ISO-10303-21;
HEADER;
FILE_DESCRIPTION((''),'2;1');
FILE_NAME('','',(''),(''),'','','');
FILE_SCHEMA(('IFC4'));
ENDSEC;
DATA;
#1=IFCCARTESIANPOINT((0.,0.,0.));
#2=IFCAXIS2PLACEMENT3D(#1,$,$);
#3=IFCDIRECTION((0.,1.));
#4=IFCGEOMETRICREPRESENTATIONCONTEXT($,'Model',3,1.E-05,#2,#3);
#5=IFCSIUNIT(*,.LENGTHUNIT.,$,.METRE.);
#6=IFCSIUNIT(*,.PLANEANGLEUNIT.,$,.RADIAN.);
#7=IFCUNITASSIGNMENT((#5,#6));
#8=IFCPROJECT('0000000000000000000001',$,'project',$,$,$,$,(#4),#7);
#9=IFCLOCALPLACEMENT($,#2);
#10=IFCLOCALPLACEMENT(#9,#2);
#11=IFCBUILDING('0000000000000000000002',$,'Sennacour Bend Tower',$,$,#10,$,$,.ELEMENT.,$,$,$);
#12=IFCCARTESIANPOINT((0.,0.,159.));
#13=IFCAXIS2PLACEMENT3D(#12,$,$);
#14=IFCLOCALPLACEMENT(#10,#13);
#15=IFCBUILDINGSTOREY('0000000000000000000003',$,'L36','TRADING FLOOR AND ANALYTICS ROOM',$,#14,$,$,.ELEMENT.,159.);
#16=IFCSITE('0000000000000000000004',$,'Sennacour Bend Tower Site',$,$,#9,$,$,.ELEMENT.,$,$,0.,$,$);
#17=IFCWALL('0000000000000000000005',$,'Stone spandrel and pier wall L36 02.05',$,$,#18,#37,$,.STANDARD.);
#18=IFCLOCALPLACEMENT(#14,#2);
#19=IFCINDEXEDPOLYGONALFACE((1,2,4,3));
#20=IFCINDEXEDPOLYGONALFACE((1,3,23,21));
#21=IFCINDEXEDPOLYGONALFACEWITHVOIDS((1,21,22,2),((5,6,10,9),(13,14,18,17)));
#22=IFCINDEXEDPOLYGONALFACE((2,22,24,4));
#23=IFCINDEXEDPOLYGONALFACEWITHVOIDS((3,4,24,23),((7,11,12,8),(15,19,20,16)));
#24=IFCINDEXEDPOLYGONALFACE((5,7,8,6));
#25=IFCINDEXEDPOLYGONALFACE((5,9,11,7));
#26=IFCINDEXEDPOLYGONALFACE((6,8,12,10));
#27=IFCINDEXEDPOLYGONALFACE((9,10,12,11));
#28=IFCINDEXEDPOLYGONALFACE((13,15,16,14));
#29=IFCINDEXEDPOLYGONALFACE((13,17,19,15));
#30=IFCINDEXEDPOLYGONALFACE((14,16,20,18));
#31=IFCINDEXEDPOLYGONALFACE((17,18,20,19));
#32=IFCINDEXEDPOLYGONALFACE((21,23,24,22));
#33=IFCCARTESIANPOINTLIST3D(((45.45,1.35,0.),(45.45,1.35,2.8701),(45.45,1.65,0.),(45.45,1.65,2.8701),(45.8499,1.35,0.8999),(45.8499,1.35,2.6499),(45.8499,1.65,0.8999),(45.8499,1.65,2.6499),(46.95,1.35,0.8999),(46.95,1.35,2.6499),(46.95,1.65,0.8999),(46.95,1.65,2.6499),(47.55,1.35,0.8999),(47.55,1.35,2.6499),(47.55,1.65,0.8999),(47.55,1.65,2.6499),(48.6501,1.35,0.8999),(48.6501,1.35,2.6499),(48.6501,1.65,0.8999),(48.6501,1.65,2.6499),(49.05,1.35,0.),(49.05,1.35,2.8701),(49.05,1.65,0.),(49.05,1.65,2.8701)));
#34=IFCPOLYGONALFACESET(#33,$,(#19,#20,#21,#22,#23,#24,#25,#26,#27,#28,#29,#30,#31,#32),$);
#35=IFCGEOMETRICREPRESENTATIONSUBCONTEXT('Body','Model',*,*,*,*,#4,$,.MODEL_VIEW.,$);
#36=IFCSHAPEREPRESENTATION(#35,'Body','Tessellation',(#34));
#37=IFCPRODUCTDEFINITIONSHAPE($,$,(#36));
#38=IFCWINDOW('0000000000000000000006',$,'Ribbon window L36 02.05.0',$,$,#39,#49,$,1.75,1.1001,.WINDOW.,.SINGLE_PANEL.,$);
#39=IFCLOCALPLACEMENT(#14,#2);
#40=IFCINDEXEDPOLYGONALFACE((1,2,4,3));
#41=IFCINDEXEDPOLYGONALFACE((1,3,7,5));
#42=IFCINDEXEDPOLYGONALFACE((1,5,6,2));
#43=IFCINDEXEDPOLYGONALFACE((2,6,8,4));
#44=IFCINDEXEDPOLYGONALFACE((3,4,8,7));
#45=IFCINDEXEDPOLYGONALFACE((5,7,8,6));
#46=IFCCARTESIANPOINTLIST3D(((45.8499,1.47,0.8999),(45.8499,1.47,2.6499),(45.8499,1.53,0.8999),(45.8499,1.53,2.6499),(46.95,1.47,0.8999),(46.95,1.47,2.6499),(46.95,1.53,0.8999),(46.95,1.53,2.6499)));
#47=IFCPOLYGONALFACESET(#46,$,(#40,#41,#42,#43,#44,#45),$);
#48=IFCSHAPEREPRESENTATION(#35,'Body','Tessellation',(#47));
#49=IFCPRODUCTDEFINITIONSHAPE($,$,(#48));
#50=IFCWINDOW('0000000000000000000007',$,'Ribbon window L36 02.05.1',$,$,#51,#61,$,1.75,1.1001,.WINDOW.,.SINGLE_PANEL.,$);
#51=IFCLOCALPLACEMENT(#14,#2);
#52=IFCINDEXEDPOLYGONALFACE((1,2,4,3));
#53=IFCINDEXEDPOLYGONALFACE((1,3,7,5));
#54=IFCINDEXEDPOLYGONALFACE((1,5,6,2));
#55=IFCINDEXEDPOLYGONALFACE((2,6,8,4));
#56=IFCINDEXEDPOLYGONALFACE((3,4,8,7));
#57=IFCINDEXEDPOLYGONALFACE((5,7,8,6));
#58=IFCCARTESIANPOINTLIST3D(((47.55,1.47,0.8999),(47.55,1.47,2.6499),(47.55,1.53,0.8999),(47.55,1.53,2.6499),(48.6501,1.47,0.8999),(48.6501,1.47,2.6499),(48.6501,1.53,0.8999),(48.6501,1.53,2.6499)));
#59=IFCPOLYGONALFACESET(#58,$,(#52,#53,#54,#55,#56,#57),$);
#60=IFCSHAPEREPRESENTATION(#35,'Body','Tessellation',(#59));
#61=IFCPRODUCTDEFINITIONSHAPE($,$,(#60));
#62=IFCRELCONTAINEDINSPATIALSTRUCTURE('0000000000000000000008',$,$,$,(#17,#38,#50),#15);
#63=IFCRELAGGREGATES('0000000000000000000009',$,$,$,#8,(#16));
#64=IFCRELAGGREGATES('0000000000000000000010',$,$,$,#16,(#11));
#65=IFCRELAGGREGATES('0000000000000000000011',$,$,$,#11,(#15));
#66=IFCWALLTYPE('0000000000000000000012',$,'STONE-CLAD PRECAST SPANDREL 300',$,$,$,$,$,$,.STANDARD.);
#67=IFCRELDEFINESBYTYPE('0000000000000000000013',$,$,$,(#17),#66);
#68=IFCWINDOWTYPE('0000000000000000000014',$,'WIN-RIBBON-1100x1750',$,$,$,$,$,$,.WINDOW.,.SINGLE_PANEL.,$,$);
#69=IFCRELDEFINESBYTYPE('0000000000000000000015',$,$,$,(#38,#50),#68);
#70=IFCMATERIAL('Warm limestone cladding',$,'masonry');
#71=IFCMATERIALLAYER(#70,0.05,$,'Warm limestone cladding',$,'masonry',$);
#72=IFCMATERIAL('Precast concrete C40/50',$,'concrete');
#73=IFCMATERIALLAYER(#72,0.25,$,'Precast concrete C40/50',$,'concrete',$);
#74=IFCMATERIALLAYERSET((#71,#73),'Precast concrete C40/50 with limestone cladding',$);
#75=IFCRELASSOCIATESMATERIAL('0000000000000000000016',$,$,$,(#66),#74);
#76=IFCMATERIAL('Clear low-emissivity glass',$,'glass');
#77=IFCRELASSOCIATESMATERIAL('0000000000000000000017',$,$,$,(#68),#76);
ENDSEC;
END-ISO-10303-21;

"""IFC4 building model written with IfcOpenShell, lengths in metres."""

from ifc_helpers import new_model, si_unit, direction, frame, frame_2d, origin, place, context, subcontext, project, spatial, rectangle, extrude, material, layer, layer_set, type_object, element, fill, save


model = new_model("IFC4")

# Units and contexts
model_context = context("Model", 3, precision=1e-05, world=origin(), true_north=direction((0.0, 1.0)))
body_context = subcontext(model_context, "Body", "Model", "MODEL_VIEW")
ifc_project = project(units=[si_unit("LENGTHUNIT", "METRE"), si_unit("PLANEANGLEUNIT", "RADIAN")], contexts=[model_context])

# Site, building, storey
site_placement = place(None, origin())
site = spatial("IfcSite", under=ifc_project, at=site_placement, Name="Sennacour Bend Tower Site", CompositionType="ELEMENT", RefElevation=0.0)
building_placement = place(site_placement, origin())
building = spatial("IfcBuilding", under=site, at=building_placement, Name="Sennacour Bend Tower", CompositionType="ELEMENT")
storey_placement = place(building_placement, frame((0.0, 0.0, 159.0)))
storey = spatial("IfcBuildingStorey", under=building, at=storey_placement, Name="L36", Description="TRADING FLOOR AND ANALYTICS ROOM", CompositionType="ELEMENT", Elevation=159.0)

# Wall, openings, windows
ifc_material_1 = material(Name="Warm limestone cladding", Category="masonry")
ifc_layer_1 = layer(ifc_material_1, 0.05, Name="Warm limestone cladding", Category="masonry")
ifc_material_2 = material(Name="Precast concrete C40/50", Category="concrete")
ifc_layer_2 = layer(ifc_material_2, 0.25, Name="Precast concrete C40/50", Category="concrete")
ifc_layer_set_1 = layer_set([ifc_layer_1, ifc_layer_2], Name="Precast concrete C40/50 with limestone cladding")
wall_type_1 = type_object("IfcWallType", Name="STONE-CLAD PRECAST SPANDREL 300", PredefinedType="STANDARD", material=ifc_layer_set_1)
wall_1_placement = place(storey_placement, frame((45.45, 1.5, 0.0), z_axis=(0.0, 0.0, 1.0), x_axis=(1.0, 0.0, 0.0)))
wall_1 = element("IfcWall", 1, at=wall_1_placement, inside=storey, type_object=wall_type_1, Name="Stone spandrel and pier wall L36 02.05", PredefinedType="STANDARD", context=body_context, shape_type="SweptSolid", body=[
    extrude(rectangle(XDim=3.6001, YDim=0.3, at=frame_2d((1.8, 0.0))), origin(), (0.0, 0.0, 1.0), 2.8701),
])
opening_1_placement = place(wall_1_placement, frame((0.3999, 0.0, 0.8999)))
opening_1 = element("IfcOpeningElement", 2, at=opening_1_placement, cuts=wall_1, PredefinedType="OPENING", context=body_context, shape_type="SweptSolid", body=[
    extrude(rectangle(XDim=1.1001, YDim=1.75, at=frame_2d((0.55, 0.875))), frame((0.0, 0.1602, 0.0), z_axis=(0.0, -1.0, 0.0), x_axis=(1.0, 0.0, 0.0)), (0.0, 0.0, 1.0), 0.3201),
])
opening_2_placement = place(wall_1_placement, frame((2.1001, 0.0, 0.8999)))
opening_2 = element("IfcOpeningElement", 3, at=opening_2_placement, cuts=wall_1, PredefinedType="OPENING", context=body_context, shape_type="SweptSolid", body=[
    extrude(rectangle(XDim=1.1001, YDim=1.75, at=frame_2d((0.55, 0.875))), frame((0.0, 0.1602, 0.0), z_axis=(0.0, -1.0, 0.0), x_axis=(1.0, 0.0, 0.0)), (0.0, 0.0, 1.0), 0.3201),
])
ifc_material_3 = material(Name="Clear low-emissivity glass", Category="glass")
window_type = type_object("IfcWindowType", Name="WIN-RIBBON-1100x1750", PartitioningType="SINGLE_PANEL", PredefinedType="WINDOW", material=ifc_material_3)
window_1_placement = place(opening_1_placement, origin())
window_1 = element("IfcWindow", 4, at=window_1_placement, inside=storey, type_object=window_type, Name="Ribbon window L36 02.05.0", OverallHeight=1.75, OverallWidth=1.1001, PartitioningType="SINGLE_PANEL", PredefinedType="WINDOW", context=body_context, shape_type="SweptSolid", body=[
    extrude(rectangle(XDim=1.1001, YDim=1.75, at=frame_2d((0.55, 0.875))), frame((0.0, 0.03, 0.0), z_axis=(0.0, -1.0, 0.0), x_axis=(1.0, 0.0, 0.0)), (0.0, 0.0, 1.0), 0.0601),
])
fill(opening_1, window_1)
window_2_placement = place(opening_2_placement, origin())
window_2 = element("IfcWindow", 5, at=window_2_placement, inside=storey, type_object=window_type, Name="Ribbon window L36 02.05.1", OverallHeight=1.75, OverallWidth=1.1001, PartitioningType="SINGLE_PANEL", PredefinedType="WINDOW", context=body_context, shape_type="SweptSolid", body=[
    extrude(rectangle(XDim=1.1001, YDim=1.75, at=frame_2d((0.55, 0.875))), frame((0.0, 0.03, 0.0), z_axis=(0.0, -1.0, 0.0), x_axis=(1.0, 0.0, 0.0)), (0.0, 0.0, 1.0), 0.0601),
])
fill(opening_2, window_2)

save(model, "model.ifc")
